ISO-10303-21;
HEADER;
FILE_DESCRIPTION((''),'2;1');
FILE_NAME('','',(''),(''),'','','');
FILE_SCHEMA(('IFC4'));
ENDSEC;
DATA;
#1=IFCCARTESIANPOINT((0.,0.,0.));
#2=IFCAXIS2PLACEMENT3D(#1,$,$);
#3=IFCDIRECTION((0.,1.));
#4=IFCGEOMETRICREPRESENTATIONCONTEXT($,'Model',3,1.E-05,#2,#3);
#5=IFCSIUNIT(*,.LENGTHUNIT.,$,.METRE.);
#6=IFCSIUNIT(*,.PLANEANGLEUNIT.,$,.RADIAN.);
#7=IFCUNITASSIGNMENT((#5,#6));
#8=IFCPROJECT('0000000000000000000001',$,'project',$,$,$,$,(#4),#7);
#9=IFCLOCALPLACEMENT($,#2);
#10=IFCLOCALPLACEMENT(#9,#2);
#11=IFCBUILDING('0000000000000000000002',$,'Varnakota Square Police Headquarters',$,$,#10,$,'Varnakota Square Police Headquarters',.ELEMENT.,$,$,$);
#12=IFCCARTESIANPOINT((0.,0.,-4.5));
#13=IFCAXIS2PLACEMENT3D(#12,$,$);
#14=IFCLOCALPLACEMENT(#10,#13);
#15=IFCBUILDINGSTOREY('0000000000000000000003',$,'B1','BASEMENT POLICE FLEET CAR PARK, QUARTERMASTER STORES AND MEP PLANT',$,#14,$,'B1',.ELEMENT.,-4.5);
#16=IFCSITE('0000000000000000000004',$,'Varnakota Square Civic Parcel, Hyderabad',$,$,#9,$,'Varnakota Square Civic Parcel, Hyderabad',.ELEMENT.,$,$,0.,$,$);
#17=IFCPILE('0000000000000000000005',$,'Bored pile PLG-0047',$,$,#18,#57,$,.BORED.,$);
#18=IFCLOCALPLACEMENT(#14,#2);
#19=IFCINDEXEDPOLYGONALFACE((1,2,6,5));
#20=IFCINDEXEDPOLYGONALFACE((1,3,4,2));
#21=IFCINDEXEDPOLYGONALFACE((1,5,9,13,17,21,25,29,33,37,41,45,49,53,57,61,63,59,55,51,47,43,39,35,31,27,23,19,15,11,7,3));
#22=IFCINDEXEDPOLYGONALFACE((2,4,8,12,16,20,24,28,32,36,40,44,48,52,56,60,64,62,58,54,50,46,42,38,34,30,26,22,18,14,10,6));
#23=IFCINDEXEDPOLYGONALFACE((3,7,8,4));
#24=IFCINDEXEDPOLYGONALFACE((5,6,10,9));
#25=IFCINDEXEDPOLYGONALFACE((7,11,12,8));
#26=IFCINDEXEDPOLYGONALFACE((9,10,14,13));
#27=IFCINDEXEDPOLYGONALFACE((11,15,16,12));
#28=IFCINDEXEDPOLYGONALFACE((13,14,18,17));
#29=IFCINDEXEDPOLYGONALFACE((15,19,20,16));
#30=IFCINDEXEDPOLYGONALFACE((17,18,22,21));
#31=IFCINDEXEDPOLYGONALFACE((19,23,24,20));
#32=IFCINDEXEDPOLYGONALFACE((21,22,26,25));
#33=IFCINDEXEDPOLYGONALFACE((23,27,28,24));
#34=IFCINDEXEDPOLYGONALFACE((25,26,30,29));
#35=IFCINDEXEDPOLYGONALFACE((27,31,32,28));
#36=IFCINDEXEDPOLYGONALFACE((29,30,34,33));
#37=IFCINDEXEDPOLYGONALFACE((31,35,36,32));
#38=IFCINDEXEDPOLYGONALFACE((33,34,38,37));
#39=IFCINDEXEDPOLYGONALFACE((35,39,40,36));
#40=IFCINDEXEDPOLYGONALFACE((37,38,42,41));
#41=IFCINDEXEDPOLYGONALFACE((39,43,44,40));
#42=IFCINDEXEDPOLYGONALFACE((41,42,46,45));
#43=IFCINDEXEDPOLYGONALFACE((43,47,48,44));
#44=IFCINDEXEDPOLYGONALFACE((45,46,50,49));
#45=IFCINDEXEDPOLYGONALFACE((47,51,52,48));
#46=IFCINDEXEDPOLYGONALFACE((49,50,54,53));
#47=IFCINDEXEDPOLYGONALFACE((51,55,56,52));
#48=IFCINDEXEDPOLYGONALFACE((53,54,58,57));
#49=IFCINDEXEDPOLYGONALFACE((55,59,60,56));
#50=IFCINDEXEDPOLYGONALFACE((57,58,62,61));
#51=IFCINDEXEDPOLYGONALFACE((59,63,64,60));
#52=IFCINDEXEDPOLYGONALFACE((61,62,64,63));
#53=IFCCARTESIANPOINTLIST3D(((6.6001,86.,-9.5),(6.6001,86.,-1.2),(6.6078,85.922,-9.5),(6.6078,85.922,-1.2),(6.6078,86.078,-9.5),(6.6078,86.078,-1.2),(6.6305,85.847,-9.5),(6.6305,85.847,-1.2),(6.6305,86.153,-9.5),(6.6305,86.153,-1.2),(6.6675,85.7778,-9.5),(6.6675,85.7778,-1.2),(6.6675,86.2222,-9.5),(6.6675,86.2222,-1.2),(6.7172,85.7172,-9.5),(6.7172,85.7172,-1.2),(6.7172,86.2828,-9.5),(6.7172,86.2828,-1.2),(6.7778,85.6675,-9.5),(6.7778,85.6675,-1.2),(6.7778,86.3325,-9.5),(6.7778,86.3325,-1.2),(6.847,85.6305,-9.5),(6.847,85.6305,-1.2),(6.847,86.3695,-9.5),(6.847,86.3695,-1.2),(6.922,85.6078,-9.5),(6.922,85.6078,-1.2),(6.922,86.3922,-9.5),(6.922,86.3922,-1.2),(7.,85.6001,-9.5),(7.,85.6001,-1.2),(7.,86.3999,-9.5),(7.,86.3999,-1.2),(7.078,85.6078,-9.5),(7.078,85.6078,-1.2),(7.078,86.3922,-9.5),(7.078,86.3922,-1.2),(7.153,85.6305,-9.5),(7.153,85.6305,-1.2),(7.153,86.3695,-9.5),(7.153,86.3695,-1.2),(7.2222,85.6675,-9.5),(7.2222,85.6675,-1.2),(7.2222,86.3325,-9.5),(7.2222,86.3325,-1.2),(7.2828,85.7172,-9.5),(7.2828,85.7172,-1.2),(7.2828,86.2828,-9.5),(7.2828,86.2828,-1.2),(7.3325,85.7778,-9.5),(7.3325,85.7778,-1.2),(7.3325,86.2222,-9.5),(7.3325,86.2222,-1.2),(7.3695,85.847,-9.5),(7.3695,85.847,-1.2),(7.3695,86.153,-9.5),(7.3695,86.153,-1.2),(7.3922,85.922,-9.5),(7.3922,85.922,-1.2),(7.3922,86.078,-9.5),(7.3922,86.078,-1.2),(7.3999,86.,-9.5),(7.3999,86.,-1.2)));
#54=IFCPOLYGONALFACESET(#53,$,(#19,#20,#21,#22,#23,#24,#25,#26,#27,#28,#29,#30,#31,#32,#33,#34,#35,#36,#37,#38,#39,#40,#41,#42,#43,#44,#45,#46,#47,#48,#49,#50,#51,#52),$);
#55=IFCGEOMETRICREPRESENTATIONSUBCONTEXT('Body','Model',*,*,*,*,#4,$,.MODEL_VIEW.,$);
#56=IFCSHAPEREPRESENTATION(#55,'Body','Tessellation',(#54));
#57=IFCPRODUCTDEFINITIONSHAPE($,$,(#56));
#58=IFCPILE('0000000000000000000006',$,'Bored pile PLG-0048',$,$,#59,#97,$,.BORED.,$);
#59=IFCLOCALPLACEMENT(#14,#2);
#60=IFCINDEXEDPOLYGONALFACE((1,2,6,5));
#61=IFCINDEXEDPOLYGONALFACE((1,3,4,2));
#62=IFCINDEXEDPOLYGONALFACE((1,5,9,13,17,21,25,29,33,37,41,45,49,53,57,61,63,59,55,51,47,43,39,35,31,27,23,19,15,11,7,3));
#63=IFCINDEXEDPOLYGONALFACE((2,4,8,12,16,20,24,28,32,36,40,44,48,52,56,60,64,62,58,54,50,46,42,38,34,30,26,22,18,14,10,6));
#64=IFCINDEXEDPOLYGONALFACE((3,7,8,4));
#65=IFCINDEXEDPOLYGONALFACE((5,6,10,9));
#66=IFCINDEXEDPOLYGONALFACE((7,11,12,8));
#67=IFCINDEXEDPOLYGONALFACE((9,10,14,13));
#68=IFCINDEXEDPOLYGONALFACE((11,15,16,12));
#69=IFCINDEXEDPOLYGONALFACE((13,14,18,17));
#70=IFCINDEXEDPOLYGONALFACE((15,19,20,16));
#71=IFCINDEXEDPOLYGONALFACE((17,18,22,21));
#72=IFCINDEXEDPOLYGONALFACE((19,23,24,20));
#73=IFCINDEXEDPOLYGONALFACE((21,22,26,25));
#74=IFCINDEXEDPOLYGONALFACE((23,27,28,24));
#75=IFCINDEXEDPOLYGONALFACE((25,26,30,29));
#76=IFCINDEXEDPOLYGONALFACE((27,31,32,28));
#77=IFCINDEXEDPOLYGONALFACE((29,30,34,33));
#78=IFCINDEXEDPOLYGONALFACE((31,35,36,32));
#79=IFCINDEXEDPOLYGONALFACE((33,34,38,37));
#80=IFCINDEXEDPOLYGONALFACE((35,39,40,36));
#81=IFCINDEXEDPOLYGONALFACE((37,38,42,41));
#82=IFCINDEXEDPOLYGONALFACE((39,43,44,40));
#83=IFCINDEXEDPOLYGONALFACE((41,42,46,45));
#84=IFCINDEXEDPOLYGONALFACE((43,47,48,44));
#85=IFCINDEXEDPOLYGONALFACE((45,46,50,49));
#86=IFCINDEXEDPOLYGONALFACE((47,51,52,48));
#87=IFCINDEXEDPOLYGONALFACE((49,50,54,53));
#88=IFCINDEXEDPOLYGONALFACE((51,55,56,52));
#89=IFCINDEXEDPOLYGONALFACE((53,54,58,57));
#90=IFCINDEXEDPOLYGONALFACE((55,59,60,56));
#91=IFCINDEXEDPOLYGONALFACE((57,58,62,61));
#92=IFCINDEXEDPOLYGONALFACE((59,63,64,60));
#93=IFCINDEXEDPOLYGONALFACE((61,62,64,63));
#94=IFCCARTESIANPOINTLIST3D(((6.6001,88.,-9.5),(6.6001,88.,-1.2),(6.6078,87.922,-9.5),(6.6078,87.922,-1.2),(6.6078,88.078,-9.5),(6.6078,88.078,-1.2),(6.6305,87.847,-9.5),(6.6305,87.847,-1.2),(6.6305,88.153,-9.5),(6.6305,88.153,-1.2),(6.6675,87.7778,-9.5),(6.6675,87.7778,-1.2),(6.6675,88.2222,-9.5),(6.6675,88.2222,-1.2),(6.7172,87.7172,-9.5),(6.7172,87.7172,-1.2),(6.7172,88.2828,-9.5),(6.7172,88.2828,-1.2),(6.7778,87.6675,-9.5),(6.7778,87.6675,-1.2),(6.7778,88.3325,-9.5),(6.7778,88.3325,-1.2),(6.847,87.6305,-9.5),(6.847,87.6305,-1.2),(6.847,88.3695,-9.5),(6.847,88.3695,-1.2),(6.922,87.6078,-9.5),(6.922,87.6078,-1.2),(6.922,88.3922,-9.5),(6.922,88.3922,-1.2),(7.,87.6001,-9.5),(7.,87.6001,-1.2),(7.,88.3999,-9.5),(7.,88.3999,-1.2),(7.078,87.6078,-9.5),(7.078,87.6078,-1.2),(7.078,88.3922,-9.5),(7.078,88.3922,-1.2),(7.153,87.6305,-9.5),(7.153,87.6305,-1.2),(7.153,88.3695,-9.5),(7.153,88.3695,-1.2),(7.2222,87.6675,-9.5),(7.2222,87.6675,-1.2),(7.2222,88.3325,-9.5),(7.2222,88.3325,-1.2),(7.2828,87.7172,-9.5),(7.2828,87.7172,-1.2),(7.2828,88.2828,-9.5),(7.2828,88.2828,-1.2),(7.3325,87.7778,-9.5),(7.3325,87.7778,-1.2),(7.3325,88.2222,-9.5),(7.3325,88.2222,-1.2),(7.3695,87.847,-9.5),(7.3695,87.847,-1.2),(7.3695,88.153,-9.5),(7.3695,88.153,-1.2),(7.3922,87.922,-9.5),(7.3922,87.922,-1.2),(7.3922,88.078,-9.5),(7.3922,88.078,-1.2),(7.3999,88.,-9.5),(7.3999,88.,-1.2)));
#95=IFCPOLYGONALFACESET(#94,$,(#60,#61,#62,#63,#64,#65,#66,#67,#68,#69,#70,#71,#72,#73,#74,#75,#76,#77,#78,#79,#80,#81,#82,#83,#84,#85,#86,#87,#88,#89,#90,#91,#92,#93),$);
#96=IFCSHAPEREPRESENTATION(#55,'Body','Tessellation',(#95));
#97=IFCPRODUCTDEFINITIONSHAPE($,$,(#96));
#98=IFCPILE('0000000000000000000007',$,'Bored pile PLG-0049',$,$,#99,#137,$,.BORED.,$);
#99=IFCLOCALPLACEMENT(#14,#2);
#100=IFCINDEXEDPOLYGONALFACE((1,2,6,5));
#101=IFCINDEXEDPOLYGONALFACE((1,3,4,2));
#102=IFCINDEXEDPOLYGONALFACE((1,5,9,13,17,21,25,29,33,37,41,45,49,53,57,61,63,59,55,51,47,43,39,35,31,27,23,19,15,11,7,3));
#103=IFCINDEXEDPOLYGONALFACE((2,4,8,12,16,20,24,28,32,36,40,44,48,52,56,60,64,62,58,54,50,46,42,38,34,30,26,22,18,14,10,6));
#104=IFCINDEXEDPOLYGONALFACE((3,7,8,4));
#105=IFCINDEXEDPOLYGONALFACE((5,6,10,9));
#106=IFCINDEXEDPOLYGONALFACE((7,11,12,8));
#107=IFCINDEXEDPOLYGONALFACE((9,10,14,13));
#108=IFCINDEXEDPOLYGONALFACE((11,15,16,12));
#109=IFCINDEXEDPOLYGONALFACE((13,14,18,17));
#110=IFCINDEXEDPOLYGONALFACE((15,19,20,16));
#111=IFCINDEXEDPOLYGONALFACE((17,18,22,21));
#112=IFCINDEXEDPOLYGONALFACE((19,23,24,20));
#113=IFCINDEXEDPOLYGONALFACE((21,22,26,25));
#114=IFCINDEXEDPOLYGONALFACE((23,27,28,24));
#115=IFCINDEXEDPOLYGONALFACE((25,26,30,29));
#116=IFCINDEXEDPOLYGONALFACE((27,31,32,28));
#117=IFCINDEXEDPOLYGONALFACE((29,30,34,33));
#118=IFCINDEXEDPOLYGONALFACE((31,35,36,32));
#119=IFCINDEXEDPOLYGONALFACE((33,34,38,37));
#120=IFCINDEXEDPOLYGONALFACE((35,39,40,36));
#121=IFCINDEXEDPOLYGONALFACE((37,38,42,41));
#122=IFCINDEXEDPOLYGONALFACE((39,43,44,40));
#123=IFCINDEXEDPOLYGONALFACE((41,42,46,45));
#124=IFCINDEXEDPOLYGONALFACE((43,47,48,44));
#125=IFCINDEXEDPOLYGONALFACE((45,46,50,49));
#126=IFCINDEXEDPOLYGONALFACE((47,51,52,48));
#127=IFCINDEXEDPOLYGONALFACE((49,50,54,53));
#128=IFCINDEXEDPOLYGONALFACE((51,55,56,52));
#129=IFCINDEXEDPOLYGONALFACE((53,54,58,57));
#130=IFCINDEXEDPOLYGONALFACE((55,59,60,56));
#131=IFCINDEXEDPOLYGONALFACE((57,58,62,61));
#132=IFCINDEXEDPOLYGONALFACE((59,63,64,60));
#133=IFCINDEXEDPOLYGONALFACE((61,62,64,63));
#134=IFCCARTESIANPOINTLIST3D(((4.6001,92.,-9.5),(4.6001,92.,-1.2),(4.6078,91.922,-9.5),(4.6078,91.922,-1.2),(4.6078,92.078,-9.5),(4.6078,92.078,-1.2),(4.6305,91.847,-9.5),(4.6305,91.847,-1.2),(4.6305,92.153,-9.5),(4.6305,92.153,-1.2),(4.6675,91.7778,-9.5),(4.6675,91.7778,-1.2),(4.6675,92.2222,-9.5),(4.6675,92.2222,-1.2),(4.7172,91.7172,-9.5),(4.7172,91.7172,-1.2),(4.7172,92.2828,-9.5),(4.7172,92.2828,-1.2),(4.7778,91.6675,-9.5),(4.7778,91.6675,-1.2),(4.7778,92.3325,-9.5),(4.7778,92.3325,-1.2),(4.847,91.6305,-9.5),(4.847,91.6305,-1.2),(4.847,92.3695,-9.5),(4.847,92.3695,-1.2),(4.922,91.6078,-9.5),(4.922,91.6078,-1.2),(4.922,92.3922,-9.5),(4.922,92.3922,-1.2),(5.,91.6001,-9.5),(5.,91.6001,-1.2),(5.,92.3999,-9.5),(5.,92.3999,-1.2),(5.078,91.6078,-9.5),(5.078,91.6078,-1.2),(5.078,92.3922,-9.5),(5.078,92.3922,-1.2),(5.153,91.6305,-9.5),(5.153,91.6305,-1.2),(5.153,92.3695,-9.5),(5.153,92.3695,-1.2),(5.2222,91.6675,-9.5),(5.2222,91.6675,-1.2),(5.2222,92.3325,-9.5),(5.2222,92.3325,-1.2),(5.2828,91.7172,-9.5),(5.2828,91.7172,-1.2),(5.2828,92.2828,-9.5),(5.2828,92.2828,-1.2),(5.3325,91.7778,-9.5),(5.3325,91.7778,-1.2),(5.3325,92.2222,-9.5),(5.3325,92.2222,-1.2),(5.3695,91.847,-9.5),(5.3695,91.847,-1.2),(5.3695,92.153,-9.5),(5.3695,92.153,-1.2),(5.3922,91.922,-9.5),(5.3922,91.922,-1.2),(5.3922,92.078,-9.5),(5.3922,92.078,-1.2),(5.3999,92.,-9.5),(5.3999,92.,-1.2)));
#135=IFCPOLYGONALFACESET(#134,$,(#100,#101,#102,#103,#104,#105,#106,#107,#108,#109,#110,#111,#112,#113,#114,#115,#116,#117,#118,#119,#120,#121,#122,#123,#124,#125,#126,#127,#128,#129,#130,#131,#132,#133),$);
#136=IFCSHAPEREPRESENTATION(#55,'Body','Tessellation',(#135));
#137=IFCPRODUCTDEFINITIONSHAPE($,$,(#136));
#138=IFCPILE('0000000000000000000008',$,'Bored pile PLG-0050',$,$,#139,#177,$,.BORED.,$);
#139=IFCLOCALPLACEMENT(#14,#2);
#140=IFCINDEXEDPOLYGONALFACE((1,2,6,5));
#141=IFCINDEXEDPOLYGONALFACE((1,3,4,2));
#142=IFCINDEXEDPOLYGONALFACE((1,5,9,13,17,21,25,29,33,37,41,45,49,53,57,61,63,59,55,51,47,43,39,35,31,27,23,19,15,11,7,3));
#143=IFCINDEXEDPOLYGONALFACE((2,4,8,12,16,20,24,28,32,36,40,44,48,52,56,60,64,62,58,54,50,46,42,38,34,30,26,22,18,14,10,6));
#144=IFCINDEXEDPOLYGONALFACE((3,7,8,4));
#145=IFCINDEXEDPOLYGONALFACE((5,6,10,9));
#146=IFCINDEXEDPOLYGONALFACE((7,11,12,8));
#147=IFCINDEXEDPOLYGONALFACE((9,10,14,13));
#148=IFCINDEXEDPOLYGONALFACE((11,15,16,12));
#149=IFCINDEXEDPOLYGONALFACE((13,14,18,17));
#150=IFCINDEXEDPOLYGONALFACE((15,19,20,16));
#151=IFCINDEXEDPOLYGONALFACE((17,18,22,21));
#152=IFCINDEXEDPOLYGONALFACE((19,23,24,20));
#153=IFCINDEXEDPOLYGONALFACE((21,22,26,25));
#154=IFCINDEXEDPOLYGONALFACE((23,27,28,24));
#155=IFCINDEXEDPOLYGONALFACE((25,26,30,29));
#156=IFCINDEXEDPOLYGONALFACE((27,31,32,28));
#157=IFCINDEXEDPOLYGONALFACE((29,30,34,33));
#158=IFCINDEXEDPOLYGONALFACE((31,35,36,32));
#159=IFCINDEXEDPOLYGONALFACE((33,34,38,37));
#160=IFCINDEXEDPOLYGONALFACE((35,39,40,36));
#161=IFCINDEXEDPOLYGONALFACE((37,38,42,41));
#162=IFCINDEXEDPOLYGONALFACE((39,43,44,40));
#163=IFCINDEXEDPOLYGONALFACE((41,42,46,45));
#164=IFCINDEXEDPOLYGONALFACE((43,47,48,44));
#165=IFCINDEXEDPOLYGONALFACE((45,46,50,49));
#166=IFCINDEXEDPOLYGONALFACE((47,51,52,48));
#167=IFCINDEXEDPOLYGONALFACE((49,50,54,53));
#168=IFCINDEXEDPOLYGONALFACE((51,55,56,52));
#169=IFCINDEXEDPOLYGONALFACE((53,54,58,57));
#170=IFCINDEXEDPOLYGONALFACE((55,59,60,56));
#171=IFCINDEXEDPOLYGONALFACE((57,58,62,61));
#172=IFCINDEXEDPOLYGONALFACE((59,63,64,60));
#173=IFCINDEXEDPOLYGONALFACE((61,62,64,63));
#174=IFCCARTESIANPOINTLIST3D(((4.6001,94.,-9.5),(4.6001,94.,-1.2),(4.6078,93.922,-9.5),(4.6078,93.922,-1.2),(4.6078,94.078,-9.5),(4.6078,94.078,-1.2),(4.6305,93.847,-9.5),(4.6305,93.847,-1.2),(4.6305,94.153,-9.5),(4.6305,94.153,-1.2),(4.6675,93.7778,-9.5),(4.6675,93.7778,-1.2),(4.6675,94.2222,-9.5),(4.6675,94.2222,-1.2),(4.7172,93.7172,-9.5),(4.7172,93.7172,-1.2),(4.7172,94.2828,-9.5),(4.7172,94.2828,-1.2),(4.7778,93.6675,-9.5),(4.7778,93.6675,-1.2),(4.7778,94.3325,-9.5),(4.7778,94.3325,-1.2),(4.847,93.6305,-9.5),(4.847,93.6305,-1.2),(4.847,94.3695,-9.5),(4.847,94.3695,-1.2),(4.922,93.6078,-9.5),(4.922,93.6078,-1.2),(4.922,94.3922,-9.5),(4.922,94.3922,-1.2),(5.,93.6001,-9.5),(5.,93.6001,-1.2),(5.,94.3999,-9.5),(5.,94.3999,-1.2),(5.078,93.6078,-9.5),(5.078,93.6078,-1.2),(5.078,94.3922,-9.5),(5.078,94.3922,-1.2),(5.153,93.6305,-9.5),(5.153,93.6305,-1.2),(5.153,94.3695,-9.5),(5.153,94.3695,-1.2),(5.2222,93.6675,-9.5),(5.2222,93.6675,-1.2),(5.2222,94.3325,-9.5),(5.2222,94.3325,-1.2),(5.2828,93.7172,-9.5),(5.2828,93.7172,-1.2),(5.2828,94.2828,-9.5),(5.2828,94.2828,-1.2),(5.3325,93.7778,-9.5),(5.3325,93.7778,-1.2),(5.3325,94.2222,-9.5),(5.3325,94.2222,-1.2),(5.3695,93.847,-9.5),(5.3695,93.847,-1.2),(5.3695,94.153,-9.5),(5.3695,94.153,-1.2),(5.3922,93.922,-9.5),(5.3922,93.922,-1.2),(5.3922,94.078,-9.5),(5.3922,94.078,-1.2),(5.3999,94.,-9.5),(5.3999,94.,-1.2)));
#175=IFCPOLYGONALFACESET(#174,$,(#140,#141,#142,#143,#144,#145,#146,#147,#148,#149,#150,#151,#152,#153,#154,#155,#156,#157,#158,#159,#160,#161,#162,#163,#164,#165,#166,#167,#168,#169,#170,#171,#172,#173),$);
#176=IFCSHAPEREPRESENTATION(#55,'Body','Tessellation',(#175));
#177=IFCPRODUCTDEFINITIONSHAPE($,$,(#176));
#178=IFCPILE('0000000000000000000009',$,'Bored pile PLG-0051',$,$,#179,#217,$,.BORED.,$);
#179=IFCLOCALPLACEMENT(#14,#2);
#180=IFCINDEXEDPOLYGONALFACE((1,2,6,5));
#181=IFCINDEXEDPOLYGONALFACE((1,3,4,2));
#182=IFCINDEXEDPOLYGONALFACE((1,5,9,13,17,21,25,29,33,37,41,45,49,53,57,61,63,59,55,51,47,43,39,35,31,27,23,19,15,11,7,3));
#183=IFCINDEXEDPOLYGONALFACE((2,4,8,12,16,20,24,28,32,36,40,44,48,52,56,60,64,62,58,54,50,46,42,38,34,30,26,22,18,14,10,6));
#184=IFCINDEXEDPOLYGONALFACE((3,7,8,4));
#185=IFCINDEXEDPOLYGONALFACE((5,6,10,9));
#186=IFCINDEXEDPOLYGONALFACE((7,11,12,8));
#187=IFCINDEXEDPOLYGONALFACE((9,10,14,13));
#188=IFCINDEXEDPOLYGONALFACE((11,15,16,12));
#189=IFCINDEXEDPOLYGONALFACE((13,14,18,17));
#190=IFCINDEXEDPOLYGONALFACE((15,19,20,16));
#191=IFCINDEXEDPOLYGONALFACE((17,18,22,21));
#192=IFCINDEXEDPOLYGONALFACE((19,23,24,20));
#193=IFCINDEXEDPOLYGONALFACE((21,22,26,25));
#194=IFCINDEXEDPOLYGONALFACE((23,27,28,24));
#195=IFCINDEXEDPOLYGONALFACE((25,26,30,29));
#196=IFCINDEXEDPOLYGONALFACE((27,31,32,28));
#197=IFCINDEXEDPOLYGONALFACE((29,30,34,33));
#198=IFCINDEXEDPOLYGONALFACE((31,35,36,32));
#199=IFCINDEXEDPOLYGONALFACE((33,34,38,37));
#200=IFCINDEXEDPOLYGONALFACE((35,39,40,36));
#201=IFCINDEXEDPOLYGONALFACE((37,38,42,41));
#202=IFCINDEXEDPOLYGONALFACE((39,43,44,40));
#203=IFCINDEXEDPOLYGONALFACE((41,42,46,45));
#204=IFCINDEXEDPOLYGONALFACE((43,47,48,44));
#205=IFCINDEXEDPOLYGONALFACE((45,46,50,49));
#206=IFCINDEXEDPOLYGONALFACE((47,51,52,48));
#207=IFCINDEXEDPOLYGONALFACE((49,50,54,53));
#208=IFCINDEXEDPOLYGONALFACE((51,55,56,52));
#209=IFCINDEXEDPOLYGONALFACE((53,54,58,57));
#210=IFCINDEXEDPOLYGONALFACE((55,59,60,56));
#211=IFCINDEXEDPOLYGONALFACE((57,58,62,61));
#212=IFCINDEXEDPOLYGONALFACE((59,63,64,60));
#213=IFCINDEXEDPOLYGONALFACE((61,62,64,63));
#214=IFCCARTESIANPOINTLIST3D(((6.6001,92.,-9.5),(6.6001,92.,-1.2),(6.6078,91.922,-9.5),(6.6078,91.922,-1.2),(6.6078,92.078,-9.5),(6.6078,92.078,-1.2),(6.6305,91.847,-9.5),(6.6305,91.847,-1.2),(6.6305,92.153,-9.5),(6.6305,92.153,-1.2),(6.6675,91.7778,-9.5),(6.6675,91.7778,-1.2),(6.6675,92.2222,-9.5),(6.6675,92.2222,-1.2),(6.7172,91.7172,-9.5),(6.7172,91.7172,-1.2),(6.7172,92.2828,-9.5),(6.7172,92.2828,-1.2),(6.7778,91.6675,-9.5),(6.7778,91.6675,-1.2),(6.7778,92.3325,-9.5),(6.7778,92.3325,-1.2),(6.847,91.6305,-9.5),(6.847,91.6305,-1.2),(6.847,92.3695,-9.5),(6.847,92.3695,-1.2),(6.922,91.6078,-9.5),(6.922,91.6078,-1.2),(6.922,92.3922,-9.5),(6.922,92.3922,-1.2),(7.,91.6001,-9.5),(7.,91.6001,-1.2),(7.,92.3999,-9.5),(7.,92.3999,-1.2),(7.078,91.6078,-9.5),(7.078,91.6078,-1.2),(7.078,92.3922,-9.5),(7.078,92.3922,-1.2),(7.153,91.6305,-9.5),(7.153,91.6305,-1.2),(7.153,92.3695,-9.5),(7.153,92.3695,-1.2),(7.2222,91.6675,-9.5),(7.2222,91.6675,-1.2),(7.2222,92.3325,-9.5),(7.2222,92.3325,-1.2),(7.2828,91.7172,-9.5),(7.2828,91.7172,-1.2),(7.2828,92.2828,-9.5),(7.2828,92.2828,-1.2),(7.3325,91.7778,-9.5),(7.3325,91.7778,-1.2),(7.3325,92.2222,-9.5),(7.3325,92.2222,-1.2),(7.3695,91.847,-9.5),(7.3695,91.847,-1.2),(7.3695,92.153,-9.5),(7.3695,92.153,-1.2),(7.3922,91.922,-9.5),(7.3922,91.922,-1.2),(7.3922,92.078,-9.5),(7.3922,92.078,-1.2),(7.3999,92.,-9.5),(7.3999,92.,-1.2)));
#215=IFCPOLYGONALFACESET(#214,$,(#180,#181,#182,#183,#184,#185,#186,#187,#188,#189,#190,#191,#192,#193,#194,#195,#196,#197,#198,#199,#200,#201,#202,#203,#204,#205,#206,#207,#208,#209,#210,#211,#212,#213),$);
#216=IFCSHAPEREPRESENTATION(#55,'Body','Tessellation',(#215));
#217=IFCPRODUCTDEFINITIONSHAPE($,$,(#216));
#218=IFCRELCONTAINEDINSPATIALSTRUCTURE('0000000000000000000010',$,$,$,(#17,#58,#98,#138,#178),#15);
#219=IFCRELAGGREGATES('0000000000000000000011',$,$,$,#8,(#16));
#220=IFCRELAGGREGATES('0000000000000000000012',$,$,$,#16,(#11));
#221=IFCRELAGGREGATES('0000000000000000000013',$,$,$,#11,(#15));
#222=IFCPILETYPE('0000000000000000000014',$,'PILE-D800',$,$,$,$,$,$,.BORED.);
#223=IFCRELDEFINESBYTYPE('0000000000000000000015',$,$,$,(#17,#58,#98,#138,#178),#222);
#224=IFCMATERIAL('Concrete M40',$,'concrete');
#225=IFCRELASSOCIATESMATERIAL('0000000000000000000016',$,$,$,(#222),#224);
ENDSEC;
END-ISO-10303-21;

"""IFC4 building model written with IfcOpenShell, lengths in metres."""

from ifc_helpers import new_model, si_unit, direction, frame, origin, origin_2d, place, context, subcontext, project, spatial, circle, extrude, material, material_profile, profile_set, type_object, element, save


model = new_model("IFC4")

# Units and contexts
model_context = context("Model", 3, precision=1e-05, world=origin(), true_north=direction((0.0, 1.0)))
body_context = subcontext(model_context, "Body", "Model", "MODEL_VIEW")
ifc_project = project(units=[si_unit("LENGTHUNIT", "METRE"), si_unit("PLANEANGLEUNIT", "RADIAN")], contexts=[model_context])

# Site, building, storey
site_placement = place(None, origin())
site = spatial("IfcSite", under=ifc_project, at=site_placement, Name="Varnakota Square Civic Parcel, Hyderabad", LongName="Varnakota Square Civic Parcel, Hyderabad", CompositionType="ELEMENT", RefElevation=0.0)
building_placement = place(site_placement, origin())
building = spatial("IfcBuilding", under=site, at=building_placement, Name="Varnakota Square Police Headquarters", LongName="Varnakota Square Police Headquarters", CompositionType="ELEMENT")
storey_placement = place(building_placement, frame((0.0, 0.0, -4.5)))
storey = spatial("IfcBuildingStorey", under=building, at=storey_placement, Name="B1", Description="BASEMENT POLICE FLEET CAR PARK, QUARTERMASTER STORES AND MEP PLANT", LongName="B1", CompositionType="ELEMENT", Elevation=-4.5)

# Shared definitions
ifc_material_1 = material(Name="Concrete M40", Category="concrete")

# Piles
ifc_material_profile_1 = material_profile(ifc_material_1, circle(Radius=0.3999, at=origin_2d()), Name="BORED PILE 800")
ifc_profile_set_1 = profile_set([ifc_material_profile_1], Name="Concrete M40")
pile_type = type_object("IfcPileType", Name="PILE-D800", PredefinedType="BORED", material=ifc_profile_set_1)
for number, where, z_axis, x_axis, name in (
    (1, (7.0, 86.0, -1.2), (0.0, 0.0, -1.0), (1.0, 0.0, 0.0), "Bored pile PLG-0047"),
    (2, (7.0, 88.0, -1.2), (0.0, 0.0, -1.0), (1.0, 0.0, 0.0), "Bored pile PLG-0048"),
    (3, (5.0, 92.0, -1.2), (0.0, 0.0, -1.0), (1.0, 0.0, 0.0), "Bored pile PLG-0049"),
    (4, (5.0, 94.0, -1.2), (0.0, 0.0, -1.0), (1.0, 0.0, 0.0), "Bored pile PLG-0050"),
    (5, (7.0, 92.0, -1.2), (0.0, 0.0, -1.0), (1.0, 0.0, 0.0), "Bored pile PLG-0051"),
):
    element("IfcPile", number, at=place(storey_placement, frame(where, z_axis=z_axis, x_axis=x_axis)), inside=storey, type_object=pile_type, Name=name, PredefinedType="BORED", context=body_context, shape_type="SweptSolid", body=[
        extrude(circle(Radius=0.3999, at=origin_2d()), origin(), (0.0, 0.0, 1.0), 8.3),
    ])

save(model, "model.ifc")
